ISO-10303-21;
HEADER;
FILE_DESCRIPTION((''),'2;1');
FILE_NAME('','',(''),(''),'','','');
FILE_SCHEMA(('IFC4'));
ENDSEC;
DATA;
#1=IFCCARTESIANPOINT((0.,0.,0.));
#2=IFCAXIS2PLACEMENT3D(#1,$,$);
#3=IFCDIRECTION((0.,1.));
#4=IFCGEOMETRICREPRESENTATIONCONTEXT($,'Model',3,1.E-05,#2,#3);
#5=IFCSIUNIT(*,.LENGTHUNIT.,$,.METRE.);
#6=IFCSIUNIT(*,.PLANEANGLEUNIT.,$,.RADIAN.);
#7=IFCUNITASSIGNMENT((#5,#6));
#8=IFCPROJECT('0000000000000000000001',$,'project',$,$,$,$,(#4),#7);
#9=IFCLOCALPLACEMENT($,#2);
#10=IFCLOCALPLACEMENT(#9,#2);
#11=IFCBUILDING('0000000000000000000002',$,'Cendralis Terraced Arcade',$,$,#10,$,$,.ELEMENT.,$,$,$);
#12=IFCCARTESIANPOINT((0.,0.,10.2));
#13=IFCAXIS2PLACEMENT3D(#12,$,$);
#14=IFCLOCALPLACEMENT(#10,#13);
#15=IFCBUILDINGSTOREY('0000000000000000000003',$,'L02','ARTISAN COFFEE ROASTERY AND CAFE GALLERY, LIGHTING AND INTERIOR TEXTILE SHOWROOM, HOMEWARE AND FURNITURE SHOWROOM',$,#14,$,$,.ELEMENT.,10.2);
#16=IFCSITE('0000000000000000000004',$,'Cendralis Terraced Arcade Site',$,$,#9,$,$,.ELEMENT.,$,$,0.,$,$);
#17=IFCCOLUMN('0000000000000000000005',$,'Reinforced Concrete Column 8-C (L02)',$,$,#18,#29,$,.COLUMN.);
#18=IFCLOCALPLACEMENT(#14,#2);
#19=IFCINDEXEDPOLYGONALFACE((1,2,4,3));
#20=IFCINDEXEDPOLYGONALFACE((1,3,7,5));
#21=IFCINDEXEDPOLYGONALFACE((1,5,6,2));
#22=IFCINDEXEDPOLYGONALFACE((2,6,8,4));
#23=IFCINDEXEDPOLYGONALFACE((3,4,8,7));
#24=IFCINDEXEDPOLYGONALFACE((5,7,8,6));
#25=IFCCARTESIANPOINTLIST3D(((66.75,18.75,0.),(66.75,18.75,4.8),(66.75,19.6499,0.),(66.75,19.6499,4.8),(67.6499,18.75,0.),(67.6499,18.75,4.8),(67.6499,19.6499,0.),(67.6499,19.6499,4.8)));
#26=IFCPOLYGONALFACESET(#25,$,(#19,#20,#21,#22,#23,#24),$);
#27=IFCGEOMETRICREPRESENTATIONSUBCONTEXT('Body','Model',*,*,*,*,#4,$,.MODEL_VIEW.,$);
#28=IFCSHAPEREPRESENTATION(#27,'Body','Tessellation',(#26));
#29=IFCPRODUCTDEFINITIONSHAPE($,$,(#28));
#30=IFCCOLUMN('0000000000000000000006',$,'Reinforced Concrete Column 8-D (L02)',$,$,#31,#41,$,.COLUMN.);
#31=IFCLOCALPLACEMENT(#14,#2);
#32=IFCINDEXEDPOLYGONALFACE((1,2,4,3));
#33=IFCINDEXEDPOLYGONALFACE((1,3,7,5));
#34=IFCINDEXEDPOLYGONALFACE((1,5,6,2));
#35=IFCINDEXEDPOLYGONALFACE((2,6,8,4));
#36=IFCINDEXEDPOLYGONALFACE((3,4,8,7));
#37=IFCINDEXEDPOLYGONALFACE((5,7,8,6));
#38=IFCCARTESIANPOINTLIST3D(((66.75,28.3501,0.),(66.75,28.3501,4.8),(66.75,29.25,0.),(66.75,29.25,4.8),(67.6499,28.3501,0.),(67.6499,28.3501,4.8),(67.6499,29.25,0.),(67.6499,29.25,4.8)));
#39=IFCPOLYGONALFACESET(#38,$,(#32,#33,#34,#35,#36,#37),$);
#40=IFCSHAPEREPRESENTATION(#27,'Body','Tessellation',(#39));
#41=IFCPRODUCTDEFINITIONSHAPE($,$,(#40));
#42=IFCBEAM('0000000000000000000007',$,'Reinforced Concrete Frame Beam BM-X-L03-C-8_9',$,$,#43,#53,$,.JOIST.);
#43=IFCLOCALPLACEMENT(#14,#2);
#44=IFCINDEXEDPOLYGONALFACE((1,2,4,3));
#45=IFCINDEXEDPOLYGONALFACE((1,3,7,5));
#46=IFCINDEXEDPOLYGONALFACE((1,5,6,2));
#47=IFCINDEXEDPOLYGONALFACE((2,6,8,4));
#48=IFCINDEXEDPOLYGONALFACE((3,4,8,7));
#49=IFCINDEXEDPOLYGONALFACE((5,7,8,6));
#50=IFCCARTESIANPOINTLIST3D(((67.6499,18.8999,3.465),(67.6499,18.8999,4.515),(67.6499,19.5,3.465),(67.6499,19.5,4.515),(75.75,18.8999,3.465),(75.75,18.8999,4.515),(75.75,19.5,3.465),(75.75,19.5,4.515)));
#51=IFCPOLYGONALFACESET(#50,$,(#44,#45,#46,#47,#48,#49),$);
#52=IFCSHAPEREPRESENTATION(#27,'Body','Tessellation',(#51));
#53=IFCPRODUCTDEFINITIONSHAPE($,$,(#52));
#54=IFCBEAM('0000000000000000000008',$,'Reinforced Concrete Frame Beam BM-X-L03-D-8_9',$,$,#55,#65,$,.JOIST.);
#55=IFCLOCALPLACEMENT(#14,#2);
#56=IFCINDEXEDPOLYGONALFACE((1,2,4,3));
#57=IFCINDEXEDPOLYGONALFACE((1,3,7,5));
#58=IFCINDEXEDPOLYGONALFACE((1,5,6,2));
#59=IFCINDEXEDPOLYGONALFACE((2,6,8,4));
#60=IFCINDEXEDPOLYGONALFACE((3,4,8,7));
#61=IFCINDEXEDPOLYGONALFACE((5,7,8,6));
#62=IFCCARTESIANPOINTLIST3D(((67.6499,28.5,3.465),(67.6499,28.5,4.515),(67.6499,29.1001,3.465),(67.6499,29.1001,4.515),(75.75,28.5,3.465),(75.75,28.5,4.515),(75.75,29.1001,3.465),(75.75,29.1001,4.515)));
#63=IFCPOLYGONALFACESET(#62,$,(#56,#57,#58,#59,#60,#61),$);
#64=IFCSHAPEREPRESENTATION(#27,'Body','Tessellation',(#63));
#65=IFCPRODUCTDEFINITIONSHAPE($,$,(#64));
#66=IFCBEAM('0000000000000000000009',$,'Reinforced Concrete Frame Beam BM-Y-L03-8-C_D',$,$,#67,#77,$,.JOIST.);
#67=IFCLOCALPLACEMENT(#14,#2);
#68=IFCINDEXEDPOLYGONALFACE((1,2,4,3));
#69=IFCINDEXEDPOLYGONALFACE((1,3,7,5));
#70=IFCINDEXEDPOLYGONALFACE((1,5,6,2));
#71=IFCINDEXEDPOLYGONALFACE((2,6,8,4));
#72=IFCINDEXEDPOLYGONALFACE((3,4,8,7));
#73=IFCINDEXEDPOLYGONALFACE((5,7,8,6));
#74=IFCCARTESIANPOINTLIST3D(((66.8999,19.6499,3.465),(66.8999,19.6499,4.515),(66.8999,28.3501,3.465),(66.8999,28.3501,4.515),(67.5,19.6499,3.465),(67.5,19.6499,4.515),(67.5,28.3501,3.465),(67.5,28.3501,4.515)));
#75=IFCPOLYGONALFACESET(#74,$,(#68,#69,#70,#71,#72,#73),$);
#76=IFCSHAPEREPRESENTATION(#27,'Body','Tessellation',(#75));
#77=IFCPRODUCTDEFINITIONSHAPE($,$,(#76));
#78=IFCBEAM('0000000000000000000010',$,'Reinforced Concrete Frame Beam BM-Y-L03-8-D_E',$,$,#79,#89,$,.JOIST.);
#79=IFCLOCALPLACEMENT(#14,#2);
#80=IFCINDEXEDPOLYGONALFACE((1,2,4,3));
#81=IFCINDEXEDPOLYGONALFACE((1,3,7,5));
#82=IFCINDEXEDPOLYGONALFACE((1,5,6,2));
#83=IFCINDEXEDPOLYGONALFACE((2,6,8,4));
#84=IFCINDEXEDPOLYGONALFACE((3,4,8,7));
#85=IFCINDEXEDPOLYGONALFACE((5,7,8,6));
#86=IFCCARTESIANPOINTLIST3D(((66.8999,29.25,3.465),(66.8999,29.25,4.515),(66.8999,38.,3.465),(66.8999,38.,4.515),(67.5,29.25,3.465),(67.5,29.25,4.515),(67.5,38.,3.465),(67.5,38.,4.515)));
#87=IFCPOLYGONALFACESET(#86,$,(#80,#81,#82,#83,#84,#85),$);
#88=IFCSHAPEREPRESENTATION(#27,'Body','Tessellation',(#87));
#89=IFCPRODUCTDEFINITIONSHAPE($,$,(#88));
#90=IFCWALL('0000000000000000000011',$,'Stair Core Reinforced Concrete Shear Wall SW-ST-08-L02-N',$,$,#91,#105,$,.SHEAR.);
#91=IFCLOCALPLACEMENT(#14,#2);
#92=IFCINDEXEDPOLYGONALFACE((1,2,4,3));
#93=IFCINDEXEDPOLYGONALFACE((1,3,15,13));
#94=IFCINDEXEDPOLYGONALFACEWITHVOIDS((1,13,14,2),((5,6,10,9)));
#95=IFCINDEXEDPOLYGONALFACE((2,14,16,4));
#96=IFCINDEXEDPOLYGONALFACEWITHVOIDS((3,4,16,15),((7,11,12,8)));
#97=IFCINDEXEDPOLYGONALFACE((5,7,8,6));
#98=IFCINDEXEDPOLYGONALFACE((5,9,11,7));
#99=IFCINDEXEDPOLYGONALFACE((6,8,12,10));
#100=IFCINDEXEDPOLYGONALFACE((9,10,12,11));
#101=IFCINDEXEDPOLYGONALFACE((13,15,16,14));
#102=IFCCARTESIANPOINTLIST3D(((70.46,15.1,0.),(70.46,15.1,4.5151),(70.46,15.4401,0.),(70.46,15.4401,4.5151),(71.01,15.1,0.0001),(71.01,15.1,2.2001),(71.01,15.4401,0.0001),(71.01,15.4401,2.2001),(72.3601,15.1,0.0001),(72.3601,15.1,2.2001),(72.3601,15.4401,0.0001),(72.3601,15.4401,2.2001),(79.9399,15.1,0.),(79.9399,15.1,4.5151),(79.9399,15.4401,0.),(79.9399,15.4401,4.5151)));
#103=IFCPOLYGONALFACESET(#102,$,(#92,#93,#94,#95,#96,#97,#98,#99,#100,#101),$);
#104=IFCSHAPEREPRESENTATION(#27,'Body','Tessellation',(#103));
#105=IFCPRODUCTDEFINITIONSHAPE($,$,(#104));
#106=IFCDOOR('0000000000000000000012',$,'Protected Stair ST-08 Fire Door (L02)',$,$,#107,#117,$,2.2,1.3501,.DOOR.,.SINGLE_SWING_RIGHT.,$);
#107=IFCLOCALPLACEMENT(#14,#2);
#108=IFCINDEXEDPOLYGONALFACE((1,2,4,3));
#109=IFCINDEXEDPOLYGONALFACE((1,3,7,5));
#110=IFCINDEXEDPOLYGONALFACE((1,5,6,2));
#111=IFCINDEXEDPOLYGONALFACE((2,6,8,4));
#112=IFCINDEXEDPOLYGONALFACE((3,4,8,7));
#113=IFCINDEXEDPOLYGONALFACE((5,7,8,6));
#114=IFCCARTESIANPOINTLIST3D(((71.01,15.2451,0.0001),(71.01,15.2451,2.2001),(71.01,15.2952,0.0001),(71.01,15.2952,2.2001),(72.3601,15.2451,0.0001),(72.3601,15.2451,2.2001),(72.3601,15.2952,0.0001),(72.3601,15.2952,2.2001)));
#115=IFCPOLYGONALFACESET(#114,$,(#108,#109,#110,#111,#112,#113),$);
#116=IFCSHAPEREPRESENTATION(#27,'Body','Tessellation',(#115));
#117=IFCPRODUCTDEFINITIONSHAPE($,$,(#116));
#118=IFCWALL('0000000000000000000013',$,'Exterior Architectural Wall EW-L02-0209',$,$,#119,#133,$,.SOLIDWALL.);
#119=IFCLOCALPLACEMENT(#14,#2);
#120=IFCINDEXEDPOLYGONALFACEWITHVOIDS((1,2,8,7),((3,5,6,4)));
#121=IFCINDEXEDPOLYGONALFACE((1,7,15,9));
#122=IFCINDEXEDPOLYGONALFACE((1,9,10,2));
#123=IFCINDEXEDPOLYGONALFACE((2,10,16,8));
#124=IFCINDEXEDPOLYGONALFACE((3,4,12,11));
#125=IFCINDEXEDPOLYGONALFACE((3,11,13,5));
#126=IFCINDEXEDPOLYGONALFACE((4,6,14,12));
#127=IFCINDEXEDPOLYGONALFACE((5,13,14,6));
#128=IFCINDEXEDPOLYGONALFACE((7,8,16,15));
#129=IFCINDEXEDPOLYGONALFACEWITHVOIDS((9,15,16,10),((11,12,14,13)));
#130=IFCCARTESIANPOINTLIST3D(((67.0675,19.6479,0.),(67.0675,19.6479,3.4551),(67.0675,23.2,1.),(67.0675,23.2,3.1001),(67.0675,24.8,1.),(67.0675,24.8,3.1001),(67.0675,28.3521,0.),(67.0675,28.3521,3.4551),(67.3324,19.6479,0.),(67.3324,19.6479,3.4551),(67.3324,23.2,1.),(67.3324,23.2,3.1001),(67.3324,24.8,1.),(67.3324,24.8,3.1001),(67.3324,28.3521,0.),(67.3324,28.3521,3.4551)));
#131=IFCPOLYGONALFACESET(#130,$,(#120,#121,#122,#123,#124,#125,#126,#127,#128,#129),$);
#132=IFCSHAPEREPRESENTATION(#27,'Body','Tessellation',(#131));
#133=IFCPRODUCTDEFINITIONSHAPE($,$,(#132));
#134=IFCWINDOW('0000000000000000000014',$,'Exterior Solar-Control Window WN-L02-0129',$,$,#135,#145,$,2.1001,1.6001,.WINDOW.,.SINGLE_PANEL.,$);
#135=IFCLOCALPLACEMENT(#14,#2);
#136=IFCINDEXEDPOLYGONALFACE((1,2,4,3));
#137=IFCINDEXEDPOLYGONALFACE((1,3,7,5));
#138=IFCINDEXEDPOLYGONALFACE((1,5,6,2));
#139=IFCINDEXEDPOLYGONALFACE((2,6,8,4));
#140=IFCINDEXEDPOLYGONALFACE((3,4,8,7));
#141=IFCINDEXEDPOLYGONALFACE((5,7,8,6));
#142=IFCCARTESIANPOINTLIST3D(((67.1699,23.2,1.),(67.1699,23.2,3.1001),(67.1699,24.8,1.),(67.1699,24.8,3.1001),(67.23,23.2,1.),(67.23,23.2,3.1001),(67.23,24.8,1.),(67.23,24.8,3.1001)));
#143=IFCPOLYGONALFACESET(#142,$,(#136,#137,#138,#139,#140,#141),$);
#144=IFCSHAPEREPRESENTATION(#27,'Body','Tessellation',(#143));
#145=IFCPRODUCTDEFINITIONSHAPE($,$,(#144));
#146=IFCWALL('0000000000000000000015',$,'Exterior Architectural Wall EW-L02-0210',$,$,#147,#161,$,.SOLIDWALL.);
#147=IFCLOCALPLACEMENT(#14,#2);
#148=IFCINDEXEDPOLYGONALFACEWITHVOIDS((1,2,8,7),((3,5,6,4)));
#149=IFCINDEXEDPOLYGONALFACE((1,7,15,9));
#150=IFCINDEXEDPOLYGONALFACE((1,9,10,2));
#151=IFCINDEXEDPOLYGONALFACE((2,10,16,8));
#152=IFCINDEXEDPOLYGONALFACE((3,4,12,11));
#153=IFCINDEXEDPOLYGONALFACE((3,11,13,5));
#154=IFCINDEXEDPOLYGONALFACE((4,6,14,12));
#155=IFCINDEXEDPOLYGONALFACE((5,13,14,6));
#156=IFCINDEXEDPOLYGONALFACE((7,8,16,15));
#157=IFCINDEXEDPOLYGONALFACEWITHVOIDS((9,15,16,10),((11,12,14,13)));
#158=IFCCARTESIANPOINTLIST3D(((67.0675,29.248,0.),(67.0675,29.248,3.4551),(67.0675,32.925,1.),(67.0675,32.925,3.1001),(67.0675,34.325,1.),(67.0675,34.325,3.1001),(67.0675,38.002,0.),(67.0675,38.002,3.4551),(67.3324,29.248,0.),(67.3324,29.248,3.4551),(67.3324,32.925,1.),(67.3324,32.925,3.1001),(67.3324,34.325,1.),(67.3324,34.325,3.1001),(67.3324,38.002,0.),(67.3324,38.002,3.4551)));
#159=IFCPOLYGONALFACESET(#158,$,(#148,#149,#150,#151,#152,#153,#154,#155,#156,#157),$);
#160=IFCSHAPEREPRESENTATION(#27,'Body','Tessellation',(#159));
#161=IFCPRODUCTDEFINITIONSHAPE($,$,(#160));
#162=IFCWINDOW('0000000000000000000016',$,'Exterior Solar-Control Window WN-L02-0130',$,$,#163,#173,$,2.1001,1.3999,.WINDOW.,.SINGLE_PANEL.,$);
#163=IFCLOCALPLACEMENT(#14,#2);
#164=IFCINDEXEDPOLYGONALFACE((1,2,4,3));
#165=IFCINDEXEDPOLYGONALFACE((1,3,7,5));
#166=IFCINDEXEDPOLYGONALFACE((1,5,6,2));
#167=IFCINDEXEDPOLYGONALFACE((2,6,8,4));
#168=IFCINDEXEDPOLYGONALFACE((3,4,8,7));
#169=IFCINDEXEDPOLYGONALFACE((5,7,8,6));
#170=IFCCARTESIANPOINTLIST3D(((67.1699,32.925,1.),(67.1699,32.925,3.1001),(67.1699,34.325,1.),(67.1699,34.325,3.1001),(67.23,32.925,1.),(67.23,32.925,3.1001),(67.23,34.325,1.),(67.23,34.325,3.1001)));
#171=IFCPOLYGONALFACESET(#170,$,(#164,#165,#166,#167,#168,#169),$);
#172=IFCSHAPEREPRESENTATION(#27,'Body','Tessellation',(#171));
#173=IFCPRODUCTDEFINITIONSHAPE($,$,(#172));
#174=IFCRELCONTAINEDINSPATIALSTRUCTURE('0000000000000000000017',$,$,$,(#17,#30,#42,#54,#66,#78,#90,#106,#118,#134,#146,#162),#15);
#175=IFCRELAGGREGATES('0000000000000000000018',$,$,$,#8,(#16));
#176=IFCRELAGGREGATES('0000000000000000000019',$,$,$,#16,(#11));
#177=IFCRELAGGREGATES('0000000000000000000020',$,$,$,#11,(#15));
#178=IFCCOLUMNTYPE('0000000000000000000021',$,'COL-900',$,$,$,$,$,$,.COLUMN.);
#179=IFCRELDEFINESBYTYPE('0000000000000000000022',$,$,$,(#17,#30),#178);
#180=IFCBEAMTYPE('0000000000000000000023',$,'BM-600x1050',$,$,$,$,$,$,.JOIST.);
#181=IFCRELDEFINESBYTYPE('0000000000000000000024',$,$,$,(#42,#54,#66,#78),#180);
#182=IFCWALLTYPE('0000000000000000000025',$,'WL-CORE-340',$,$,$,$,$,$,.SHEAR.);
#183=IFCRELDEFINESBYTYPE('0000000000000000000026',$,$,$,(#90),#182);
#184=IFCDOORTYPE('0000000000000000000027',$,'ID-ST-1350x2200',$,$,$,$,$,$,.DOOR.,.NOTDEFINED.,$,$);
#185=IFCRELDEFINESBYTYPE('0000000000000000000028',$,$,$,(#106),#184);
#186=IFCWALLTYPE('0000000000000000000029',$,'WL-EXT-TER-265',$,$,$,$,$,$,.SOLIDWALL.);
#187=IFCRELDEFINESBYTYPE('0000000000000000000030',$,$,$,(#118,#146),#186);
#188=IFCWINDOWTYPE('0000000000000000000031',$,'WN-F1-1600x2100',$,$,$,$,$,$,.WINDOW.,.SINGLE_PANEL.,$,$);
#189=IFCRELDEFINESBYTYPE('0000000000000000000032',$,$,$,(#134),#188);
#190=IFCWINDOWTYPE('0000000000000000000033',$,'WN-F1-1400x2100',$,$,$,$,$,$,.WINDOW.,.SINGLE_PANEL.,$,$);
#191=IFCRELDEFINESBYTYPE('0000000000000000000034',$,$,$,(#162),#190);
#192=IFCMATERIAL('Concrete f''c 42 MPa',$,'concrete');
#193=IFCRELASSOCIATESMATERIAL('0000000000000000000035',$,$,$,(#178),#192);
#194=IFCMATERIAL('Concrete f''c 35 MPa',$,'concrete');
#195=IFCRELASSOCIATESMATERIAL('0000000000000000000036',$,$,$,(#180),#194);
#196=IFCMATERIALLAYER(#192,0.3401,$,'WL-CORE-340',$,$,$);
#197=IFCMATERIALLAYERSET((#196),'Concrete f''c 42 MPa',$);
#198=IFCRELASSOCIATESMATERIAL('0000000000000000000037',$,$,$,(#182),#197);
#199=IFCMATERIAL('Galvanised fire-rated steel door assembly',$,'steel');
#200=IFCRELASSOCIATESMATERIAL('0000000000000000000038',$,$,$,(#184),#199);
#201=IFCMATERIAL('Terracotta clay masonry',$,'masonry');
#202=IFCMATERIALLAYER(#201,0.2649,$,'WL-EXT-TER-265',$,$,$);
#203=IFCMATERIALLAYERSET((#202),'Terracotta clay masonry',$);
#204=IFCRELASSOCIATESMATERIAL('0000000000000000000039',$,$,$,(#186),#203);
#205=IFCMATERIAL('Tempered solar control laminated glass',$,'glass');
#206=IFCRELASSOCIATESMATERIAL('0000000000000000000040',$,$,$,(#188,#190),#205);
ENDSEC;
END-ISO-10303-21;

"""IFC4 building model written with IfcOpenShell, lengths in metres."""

from ifc_helpers import new_model, si_unit, direction, frame, frame_2d, origin, origin_2d, place, context, subcontext, project, spatial, rectangle, extrude, material, layer, layer_set, material_profile, profile_set, type_object, element, fill, save


model = new_model("IFC4")

# Units and contexts
model_context = context("Model", 3, precision=1e-05, world=origin(), true_north=direction((0.0, 1.0)))
body_context = subcontext(model_context, "Body", "Model", "MODEL_VIEW")
ifc_project = project(units=[si_unit("LENGTHUNIT", "METRE"), si_unit("PLANEANGLEUNIT", "RADIAN")], contexts=[model_context])

# Site, building, storey
site_placement = place(None, origin())
site = spatial("IfcSite", under=ifc_project, at=site_placement, Name="Cendralis Terraced Arcade Site", CompositionType="ELEMENT", RefElevation=0.0)
building_placement = place(site_placement, origin())
building = spatial("IfcBuilding", under=site, at=building_placement, Name="Cendralis Terraced Arcade", CompositionType="ELEMENT")
storey_placement = place(building_placement, frame((0.0, 0.0, 10.2)))
storey = spatial("IfcBuildingStorey", under=building, at=storey_placement, Name="L02", Description="ARTISAN COFFEE ROASTERY AND CAFE GALLERY, LIGHTING AND INTERIOR TEXTILE SHOWROOM, HOMEWARE AND FURNITURE SHOWROOM", CompositionType="ELEMENT", Elevation=10.2)

# Columns
ifc_material_1 = material(Name="Concrete f'c 42 MPa", Category="concrete")
ifc_material_profile_1 = material_profile(ifc_material_1, rectangle(XDim=0.8999, YDim=0.8999, at=origin_2d()), Name="RC-COL-900x900", Category="LoadBearing")
ifc_profile_set_1 = profile_set([ifc_material_profile_1], Name="Concrete f'c 42 MPa")
column_type = type_object("IfcColumnType", Name="COL-900", PredefinedType="COLUMN", material=ifc_profile_set_1)
for number, where, z_axis, x_axis, name in (
    (1, (67.2, 19.2, 0.0), (0.0, 0.0, 1.0), (1.0, 0.0, 0.0), "Reinforced Concrete Column 8-C (L02)"),
    (2, (67.2, 28.8, 0.0), (0.0, 0.0, 1.0), (1.0, 0.0, 0.0), "Reinforced Concrete Column 8-D (L02)"),
):
    element("IfcColumn", number, at=place(storey_placement, frame(where, z_axis=z_axis, x_axis=x_axis)), inside=storey, type_object=column_type, Name=name, PredefinedType="COLUMN", context=body_context, shape_type="SweptSolid", body=[
        extrude(rectangle(XDim=0.8999, YDim=0.8999, at=origin_2d()), origin(), (0.0, 0.0, 1.0), 4.8),
    ])

# Beams
ifc_material_2 = material(Name="Concrete f'c 35 MPa", Category="concrete")
ifc_material_profile_2 = material_profile(ifc_material_2, rectangle(XDim=0.6001, YDim=1.05, at=origin_2d()), Name="RC-BM-600x1050", Category="LoadBearing")
ifc_profile_set_2 = profile_set([ifc_material_profile_2], Name="Concrete f'c 35 MPa")
beam_type = type_object("IfcBeamType", Name="BM-600x1050", PredefinedType="JOIST", material=ifc_profile_set_2)
for number, where, z_axis, x_axis, name in (
    (3, (67.6499, 19.2, 3.99), (1.0, 0.0, 0.0), (0.0, 1.0, 0.0), "Reinforced Concrete Frame Beam BM-X-L03-C-8_9"),
    (4, (67.6499, 28.8, 3.99), (1.0, 0.0, 0.0), (0.0, 1.0, 0.0), "Reinforced Concrete Frame Beam BM-X-L03-D-8_9"),
):
    element("IfcBeam", number, at=place(storey_placement, frame(where, z_axis=z_axis, x_axis=x_axis)), inside=storey, type_object=beam_type, Name=name, PredefinedType="JOIST", context=body_context, shape_type="SweptSolid", body=[
        extrude(rectangle(XDim=0.6001, YDim=1.05, at=origin_2d()), origin(), (0.0, 0.0, 1.0), 8.1001),
    ])
beam_1_placement = place(storey_placement, frame((67.2, 19.6499, 3.99), z_axis=(0.0, 1.0, 0.0), x_axis=(-1.0, 0.0, 0.0)))
element("IfcBeam", 5, at=beam_1_placement, inside=storey, type_object=beam_type, Name="Reinforced Concrete Frame Beam BM-Y-L03-8-C_D", PredefinedType="JOIST", context=body_context, shape_type="SweptSolid", body=[
    extrude(rectangle(XDim=0.6001, YDim=1.05, at=origin_2d()), origin(), (0.0, 0.0, 1.0), 8.7002),
])
beam_2_placement = place(storey_placement, frame((67.2, 29.25, 3.99), z_axis=(0.0, 1.0, 0.0), x_axis=(-1.0, 0.0, 0.0)))
element("IfcBeam", 6, at=beam_2_placement, inside=storey, type_object=beam_type, Name="Reinforced Concrete Frame Beam BM-Y-L03-8-D_E", PredefinedType="JOIST", context=body_context, shape_type="SweptSolid", body=[
    extrude(rectangle(XDim=0.6001, YDim=1.05, at=origin_2d()), origin(), (0.0, 0.0, 1.0), 8.75),
])

# Wall, opening, door
ifc_layer_1 = layer(ifc_material_1, 0.3401, Name="WL-CORE-340")
ifc_layer_set_1 = layer_set([ifc_layer_1], Name="Concrete f'c 42 MPa")
wall_type_1 = type_object("IfcWallType", Name="WL-CORE-340", PredefinedType="SHEAR", material=ifc_layer_set_1)
wall_1_placement = place(storey_placement, frame((70.46, 15.27, 0.0), z_axis=(0.0, 0.0, 1.0), x_axis=(1.0, 0.0, 0.0)))
wall_1 = element("IfcWall", 7, at=wall_1_placement, inside=storey, type_object=wall_type_1, Name="Stair Core Reinforced Concrete Shear Wall SW-ST-08-L02-N", PredefinedType="SHEAR", context=body_context, shape_type="SweptSolid", body=[
    extrude(rectangle(XDim=9.48, YDim=0.3401, at=frame_2d((4.74, 0.0))), origin(), (0.0, 0.0, 1.0), 4.5151),
])
opening_1_placement = place(wall_1_placement, frame((0.55, 0.0, 0.0)))
opening_1 = element("IfcOpeningElement", 8, at=opening_1_placement, cuts=wall_1, PredefinedType="OPENING", context=body_context, shape_type="SweptSolid", body=[
    extrude(rectangle(XDim=1.3501, YDim=2.2, at=frame_2d((0.675, 1.1001))), frame((0.0, 0.1821, 0.0), z_axis=(0.0, -1.0, 0.0), x_axis=(1.0, 0.0, 0.0)), (0.0, 0.0, 1.0), 0.364),
])
ifc_material_3 = material(Name="Galvanised fire-rated steel door assembly", Category="steel")
door_type = type_object("IfcDoorType", Name="ID-ST-1350x2200", OperationType="NOTDEFINED", PredefinedType="DOOR", material=ifc_material_3)
door_placement = place(opening_1_placement, frame((1.3501, 0.0, 0.0), z_axis=(0.0, 0.0, 1.0), x_axis=(-1.0, 0.0, 0.0)))
door = element("IfcDoor", 9, at=door_placement, inside=storey, type_object=door_type, Name="Protected Stair ST-08 Fire Door (L02)", OperationType="SINGLE_SWING_RIGHT", OverallHeight=2.2, OverallWidth=1.3501, PredefinedType="DOOR", context=body_context, shape_type="SweptSolid", body=[
    extrude(rectangle(XDim=1.3501, YDim=2.2, at=frame_2d((0.675, 1.1001))), frame((0.0, 0.0249, 0.0), z_axis=(0.0, -1.0, 0.0), x_axis=(1.0, 0.0, 0.0)), (0.0, 0.0, 1.0), 0.05),
])
fill(opening_1, door)

# Walls, openings, windows
ifc_material_4 = material(Name="Terracotta clay masonry", Category="masonry")
ifc_layer_2 = layer(ifc_material_4, 0.2649, Name="WL-EXT-TER-265")
ifc_layer_set_2 = layer_set([ifc_layer_2], Name="Terracotta clay masonry")
wall_type_2 = type_object("IfcWallType", Name="WL-EXT-TER-265", PredefinedType="SOLIDWALL", material=ifc_layer_set_2)
wall_2_placement = place(storey_placement, frame((67.2, 19.6479, 0.0), z_axis=(0.0, 0.0, 1.0), x_axis=(0.0, 1.0, 0.0)))
wall_2 = element("IfcWall", 10, at=wall_2_placement, inside=storey, type_object=wall_type_2, Name="Exterior Architectural Wall EW-L02-0209", PredefinedType="SOLIDWALL", context=body_context, shape_type="SweptSolid", body=[
    extrude(rectangle(XDim=8.7041, YDim=0.2649, at=frame_2d((4.3521, 0.0))), origin(), (0.0, 0.0, 1.0), 3.4551),
])
opening_2_placement = place(wall_2_placement, frame((3.552, 0.0, 1.0)))
opening_2 = element("IfcOpeningElement", 11, at=opening_2_placement, cuts=wall_2, PredefinedType="OPENING", context=body_context, shape_type="SweptSolid", body=[
    extrude(rectangle(XDim=1.6001, YDim=2.1001, at=frame_2d((0.8, 1.05))), frame((0.0, 0.1445, 0.0), z_axis=(0.0, -1.0, 0.0), x_axis=(1.0, 0.0, 0.0)), (0.0, 0.0, 1.0), 0.2888),
])
ifc_material_5 = material(Name="Tempered solar control laminated glass", Category="glass")
window_type_1 = type_object("IfcWindowType", Name="WN-F1-1600x2100", PartitioningType="SINGLE_PANEL", PredefinedType="WINDOW", material=ifc_material_5)
window_1_placement = place(opening_2_placement, origin())
window_1 = element("IfcWindow", 12, at=window_1_placement, inside=storey, type_object=window_type_1, Name="Exterior Solar-Control Window WN-L02-0129", OverallHeight=2.1001, OverallWidth=1.6001, PartitioningType="SINGLE_PANEL", PredefinedType="WINDOW", context=body_context, shape_type="SweptSolid", body=[
    extrude(rectangle(XDim=1.6001, YDim=2.1001, at=frame_2d((0.8, 1.05))), frame((0.0, 0.03, 0.0), z_axis=(0.0, -1.0, 0.0), x_axis=(1.0, 0.0, 0.0)), (0.0, 0.0, 1.0), 0.0601),
])
fill(opening_2, window_1)
wall_3_placement = place(storey_placement, frame((67.2, 29.248, 0.0), z_axis=(0.0, 0.0, 1.0), x_axis=(0.0, 1.0, 0.0)))
wall_3 = element("IfcWall", 13, at=wall_3_placement, inside=storey, type_object=wall_type_2, Name="Exterior Architectural Wall EW-L02-0210", PredefinedType="SOLIDWALL", context=body_context, shape_type="SweptSolid", body=[
    extrude(rectangle(XDim=8.7539, YDim=0.2649, at=frame_2d((4.377, 0.0))), origin(), (0.0, 0.0, 1.0), 3.4551),
])
opening_3_placement = place(wall_3_placement, frame((3.677, 0.0, 1.0)))
opening_3 = element("IfcOpeningElement", 14, at=opening_3_placement, cuts=wall_3, PredefinedType="OPENING", context=body_context, shape_type="SweptSolid", body=[
    extrude(rectangle(XDim=1.3999, YDim=2.1001, at=frame_2d((0.7, 1.05))), frame((0.0, 0.1445, 0.0), z_axis=(0.0, -1.0, 0.0), x_axis=(1.0, 0.0, 0.0)), (0.0, 0.0, 1.0), 0.2888),
])
window_type_2 = type_object("IfcWindowType", Name="WN-F1-1400x2100", PartitioningType="SINGLE_PANEL", PredefinedType="WINDOW", material=ifc_material_5)
window_2_placement = place(opening_3_placement, origin())
window_2 = element("IfcWindow", 15, at=window_2_placement, inside=storey, type_object=window_type_2, Name="Exterior Solar-Control Window WN-L02-0130", OverallHeight=2.1001, OverallWidth=1.3999, PartitioningType="SINGLE_PANEL", PredefinedType="WINDOW", context=body_context, shape_type="SweptSolid", body=[
    extrude(rectangle(XDim=1.3999, YDim=2.1001, at=frame_2d((0.7, 1.05))), frame((0.0, 0.03, 0.0), z_axis=(0.0, -1.0, 0.0), x_axis=(1.0, 0.0, 0.0)), (0.0, 0.0, 1.0), 0.0601),
])
fill(opening_3, window_2)

save(model, "model.ifc")
